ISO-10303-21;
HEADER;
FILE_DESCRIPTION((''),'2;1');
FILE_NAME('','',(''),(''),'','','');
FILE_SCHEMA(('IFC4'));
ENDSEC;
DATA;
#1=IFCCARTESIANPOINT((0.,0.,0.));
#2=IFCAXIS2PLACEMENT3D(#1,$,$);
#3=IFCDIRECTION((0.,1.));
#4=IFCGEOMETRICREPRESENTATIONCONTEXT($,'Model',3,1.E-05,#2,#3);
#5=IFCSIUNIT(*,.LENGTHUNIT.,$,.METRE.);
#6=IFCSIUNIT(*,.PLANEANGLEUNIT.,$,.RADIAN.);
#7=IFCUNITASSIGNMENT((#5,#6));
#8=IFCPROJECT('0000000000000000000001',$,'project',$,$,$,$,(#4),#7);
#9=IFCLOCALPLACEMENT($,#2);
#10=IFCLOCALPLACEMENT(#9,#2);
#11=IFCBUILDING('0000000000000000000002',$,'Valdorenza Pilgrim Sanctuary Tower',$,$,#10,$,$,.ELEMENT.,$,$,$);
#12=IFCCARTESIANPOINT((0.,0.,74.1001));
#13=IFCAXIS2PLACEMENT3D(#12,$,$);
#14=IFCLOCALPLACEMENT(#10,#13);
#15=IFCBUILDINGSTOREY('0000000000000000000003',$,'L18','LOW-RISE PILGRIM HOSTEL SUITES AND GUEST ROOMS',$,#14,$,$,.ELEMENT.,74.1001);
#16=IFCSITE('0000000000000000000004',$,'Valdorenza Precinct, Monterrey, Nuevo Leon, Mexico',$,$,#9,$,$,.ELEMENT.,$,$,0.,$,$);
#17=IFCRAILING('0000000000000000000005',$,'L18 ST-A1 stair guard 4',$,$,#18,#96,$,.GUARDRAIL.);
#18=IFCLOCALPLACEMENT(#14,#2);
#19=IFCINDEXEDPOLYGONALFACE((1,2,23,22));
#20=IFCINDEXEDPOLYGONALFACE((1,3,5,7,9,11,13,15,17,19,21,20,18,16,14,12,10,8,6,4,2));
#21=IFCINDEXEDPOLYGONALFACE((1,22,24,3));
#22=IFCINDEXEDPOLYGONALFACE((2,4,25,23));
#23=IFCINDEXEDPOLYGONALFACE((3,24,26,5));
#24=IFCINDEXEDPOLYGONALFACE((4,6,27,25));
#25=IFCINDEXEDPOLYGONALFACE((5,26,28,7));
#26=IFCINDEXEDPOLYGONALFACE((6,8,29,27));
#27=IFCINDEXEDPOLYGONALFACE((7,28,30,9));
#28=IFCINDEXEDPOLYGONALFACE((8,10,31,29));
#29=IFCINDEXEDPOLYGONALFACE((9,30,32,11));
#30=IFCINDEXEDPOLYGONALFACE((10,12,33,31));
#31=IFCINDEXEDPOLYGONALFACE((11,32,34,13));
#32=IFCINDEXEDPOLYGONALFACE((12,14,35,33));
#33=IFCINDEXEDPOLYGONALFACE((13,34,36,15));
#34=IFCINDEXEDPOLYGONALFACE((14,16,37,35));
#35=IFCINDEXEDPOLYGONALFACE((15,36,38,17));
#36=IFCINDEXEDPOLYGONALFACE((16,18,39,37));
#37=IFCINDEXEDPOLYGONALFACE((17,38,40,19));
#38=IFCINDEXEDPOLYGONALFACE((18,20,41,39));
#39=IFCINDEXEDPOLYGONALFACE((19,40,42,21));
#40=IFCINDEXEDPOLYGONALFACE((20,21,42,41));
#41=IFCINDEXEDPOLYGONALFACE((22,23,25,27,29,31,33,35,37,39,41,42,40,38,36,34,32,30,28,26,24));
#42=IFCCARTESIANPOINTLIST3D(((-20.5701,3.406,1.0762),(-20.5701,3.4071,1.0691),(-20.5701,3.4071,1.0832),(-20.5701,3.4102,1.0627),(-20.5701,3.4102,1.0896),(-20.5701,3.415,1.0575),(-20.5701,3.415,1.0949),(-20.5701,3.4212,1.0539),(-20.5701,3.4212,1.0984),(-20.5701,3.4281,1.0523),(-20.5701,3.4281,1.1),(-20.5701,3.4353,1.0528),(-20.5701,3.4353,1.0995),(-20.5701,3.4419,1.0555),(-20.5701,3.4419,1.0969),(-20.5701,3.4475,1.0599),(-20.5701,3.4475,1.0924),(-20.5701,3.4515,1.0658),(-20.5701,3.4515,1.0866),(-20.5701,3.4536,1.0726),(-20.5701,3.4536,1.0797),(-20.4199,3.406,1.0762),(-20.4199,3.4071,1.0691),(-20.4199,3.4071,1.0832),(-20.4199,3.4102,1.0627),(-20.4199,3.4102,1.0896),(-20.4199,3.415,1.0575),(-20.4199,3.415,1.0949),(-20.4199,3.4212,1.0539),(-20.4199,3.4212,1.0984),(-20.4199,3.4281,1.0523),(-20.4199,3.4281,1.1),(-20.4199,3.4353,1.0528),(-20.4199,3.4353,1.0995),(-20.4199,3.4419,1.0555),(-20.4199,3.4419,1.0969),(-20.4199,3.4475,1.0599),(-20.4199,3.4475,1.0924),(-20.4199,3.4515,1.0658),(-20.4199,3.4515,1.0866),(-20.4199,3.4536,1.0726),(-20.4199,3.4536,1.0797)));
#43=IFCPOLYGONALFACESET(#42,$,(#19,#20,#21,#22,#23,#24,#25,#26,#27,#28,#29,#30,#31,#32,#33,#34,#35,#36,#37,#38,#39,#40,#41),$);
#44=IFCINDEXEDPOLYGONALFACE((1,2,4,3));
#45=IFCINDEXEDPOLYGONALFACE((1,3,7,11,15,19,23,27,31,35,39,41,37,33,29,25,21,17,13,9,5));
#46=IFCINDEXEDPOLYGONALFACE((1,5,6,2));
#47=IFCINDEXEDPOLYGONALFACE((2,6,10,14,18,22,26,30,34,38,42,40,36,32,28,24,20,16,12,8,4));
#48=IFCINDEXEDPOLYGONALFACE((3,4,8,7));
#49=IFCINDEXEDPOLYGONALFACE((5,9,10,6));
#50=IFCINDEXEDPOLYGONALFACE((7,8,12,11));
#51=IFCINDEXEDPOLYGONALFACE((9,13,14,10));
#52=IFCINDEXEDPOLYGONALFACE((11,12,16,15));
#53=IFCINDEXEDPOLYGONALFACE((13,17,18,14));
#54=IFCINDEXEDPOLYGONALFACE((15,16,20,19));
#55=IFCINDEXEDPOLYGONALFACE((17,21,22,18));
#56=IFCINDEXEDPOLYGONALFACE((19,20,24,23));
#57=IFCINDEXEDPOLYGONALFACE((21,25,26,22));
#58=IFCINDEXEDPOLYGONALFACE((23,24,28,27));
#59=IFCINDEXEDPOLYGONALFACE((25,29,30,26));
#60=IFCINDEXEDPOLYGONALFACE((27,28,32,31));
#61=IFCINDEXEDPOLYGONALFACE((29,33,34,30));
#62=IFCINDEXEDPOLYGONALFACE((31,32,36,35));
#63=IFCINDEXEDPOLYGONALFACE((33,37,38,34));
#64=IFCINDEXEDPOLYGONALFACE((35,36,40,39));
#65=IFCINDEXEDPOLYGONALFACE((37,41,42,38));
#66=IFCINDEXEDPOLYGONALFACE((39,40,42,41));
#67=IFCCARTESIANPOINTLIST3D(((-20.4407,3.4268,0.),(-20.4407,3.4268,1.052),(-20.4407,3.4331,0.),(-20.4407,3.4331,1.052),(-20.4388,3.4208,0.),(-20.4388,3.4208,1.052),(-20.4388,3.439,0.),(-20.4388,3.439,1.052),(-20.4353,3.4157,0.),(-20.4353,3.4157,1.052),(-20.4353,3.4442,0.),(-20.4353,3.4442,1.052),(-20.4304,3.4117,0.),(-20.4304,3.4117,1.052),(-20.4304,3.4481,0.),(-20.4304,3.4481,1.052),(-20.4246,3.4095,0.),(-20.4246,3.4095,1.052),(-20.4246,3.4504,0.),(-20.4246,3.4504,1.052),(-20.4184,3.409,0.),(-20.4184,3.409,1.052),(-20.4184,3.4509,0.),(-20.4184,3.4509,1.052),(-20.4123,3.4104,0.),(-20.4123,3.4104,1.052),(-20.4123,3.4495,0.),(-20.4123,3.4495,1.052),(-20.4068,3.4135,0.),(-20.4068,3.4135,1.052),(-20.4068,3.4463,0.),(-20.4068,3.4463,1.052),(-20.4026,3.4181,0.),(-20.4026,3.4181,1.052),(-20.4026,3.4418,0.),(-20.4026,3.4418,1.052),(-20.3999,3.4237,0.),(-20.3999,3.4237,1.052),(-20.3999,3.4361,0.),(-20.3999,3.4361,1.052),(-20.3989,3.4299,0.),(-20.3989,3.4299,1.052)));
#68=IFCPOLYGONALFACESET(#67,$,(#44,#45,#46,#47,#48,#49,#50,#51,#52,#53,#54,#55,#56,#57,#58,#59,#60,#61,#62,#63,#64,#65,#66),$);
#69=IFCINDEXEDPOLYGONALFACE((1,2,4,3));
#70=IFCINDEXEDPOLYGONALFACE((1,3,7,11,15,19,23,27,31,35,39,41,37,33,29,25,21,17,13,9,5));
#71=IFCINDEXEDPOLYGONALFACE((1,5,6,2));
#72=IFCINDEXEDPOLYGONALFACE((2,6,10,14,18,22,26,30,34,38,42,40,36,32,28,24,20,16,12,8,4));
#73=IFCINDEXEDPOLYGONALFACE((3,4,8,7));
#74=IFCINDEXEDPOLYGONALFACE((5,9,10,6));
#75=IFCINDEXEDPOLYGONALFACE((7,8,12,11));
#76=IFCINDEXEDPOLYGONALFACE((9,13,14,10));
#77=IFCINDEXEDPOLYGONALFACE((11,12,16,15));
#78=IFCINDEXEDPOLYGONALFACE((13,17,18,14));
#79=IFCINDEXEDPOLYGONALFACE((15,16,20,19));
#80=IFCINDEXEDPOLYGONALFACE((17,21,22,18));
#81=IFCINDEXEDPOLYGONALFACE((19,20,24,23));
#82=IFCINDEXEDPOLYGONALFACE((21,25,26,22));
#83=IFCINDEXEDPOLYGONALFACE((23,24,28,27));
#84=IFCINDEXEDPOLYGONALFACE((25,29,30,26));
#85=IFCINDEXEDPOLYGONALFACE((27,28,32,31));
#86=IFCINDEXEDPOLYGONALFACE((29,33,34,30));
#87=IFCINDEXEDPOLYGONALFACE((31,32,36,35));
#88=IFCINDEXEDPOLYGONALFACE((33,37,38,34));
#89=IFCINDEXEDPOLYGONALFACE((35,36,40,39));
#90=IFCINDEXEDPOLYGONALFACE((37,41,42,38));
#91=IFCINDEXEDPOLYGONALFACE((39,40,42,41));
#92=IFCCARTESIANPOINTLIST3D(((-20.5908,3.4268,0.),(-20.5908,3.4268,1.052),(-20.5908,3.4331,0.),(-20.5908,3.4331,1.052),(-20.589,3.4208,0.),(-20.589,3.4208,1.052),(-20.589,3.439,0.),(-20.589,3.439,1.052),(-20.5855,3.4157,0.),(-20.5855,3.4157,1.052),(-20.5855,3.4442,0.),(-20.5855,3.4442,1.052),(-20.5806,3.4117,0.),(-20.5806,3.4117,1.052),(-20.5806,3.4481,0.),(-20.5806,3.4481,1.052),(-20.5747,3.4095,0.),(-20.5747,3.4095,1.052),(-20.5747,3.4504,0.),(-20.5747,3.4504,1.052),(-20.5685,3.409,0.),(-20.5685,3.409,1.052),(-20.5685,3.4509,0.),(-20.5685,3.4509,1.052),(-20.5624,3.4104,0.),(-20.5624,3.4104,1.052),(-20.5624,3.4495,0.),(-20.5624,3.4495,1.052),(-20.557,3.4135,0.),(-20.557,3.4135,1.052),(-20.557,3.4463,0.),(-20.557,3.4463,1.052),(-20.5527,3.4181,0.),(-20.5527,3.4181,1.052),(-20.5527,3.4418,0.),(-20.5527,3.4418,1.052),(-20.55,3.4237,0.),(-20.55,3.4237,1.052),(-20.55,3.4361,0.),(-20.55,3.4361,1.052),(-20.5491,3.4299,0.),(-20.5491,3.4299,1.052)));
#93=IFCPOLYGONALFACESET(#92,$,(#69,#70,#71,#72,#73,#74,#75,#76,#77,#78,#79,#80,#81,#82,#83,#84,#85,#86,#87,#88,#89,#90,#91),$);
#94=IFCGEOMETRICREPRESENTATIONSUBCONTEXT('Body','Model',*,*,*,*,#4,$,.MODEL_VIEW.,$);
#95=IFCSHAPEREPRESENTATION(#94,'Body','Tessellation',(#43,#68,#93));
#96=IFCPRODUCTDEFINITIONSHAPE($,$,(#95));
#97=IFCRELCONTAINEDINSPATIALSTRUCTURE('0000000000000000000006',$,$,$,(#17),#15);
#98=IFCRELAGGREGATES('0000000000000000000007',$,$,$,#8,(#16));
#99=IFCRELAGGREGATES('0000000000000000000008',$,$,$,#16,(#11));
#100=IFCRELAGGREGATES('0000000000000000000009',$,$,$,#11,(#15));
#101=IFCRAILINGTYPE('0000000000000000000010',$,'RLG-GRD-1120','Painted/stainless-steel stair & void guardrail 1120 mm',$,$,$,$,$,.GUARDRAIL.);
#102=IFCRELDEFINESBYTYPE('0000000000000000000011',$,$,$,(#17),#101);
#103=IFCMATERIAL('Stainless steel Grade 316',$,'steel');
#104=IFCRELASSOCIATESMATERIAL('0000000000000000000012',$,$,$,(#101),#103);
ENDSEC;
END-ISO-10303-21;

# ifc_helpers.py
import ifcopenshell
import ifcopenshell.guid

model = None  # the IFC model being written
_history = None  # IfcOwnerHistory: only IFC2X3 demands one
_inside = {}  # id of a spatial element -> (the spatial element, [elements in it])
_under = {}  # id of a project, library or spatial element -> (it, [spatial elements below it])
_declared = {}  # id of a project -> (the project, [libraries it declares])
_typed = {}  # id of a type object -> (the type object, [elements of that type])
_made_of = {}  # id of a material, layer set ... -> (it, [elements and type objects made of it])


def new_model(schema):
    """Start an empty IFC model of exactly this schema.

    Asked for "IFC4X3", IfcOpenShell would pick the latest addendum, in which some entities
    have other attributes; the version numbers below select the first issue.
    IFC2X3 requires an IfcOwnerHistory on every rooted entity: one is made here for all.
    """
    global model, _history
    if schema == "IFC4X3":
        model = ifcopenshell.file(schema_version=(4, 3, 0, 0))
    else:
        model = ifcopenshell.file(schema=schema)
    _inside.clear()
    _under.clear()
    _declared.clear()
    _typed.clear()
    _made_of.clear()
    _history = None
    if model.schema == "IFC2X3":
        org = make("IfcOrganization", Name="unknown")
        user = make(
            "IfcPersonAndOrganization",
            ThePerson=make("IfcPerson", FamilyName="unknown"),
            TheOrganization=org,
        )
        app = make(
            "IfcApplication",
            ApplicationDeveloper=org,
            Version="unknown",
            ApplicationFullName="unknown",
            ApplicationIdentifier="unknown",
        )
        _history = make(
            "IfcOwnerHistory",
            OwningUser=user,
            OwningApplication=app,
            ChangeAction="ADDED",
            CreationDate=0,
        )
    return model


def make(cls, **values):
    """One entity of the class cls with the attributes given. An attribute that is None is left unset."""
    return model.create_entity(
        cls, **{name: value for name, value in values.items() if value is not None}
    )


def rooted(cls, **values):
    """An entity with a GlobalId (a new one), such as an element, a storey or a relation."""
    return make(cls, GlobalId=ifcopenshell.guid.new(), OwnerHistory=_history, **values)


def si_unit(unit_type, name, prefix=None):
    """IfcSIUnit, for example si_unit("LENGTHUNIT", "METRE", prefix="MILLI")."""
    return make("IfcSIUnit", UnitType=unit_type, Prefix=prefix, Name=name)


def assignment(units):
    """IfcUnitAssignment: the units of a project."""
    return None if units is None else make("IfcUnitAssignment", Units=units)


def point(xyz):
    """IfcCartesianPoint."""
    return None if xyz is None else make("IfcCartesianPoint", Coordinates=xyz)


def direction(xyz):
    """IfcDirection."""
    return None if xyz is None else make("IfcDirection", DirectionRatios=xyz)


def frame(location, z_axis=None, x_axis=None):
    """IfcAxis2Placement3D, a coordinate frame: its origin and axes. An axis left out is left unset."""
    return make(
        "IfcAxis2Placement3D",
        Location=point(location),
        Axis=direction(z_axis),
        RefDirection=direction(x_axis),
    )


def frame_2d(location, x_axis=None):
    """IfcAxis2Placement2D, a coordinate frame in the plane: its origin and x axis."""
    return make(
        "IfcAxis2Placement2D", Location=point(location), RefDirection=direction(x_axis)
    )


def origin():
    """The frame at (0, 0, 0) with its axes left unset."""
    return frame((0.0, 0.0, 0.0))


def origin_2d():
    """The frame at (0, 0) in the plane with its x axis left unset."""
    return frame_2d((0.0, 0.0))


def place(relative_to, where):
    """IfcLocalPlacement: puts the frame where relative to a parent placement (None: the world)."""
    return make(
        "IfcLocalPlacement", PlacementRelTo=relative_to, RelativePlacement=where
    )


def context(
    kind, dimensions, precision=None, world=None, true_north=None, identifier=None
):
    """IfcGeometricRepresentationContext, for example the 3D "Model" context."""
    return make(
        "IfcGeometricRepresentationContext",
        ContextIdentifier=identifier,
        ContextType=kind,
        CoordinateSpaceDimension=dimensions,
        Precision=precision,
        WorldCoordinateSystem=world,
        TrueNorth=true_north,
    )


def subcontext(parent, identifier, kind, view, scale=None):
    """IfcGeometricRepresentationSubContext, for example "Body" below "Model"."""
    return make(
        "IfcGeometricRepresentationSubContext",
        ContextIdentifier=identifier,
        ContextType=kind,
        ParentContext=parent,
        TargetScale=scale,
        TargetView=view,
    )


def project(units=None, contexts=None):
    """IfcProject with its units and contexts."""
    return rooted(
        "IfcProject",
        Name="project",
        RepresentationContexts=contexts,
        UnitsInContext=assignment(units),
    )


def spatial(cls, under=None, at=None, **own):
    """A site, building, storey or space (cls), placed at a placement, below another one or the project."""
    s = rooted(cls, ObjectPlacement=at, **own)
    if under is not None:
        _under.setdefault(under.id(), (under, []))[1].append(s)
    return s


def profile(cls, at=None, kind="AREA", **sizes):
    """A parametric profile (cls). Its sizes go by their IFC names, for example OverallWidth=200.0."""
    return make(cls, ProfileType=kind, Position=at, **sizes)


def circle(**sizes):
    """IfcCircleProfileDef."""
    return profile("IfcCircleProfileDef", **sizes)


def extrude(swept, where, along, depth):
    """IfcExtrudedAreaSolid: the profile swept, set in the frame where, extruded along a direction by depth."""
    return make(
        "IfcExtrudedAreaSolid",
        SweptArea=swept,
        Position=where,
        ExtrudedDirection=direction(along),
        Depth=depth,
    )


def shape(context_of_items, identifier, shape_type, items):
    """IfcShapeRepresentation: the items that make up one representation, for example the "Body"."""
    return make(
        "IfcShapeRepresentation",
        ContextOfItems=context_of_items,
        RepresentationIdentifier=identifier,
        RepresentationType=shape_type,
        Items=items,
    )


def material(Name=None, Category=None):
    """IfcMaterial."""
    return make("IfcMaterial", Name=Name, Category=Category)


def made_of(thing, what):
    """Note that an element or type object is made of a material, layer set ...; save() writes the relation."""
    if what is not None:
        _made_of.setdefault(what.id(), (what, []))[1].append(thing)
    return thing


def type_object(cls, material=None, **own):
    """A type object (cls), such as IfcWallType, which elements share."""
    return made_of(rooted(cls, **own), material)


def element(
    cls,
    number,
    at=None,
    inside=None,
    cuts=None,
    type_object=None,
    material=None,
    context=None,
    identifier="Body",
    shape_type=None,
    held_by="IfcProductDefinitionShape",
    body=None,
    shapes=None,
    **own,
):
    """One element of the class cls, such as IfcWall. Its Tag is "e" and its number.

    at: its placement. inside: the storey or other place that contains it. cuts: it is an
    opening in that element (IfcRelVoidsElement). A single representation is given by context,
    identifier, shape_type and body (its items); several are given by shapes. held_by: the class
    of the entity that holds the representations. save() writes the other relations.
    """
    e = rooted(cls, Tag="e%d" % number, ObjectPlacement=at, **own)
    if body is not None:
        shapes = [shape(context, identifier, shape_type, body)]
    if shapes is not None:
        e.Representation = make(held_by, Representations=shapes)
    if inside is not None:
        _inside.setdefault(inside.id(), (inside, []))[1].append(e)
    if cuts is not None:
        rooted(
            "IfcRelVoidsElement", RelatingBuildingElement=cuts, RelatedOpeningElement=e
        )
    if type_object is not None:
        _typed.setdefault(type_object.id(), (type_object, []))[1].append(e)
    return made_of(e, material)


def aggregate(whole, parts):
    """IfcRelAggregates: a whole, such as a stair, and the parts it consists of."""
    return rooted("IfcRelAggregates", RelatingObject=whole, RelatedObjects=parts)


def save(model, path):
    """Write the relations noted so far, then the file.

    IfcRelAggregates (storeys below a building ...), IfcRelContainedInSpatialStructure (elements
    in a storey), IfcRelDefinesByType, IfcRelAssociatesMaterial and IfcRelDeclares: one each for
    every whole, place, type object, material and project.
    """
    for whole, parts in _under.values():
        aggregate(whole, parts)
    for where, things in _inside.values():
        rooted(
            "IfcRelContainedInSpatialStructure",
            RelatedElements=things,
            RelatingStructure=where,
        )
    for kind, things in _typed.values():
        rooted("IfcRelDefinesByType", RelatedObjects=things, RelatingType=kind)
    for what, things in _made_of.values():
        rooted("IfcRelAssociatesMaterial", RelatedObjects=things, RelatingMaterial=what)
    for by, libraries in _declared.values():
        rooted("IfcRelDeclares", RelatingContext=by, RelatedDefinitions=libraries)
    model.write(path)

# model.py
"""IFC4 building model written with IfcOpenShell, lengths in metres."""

from ifc_helpers import new_model, si_unit, direction, frame, origin, origin_2d, place, context, subcontext, project, spatial, circle, extrude, material, type_object, element, save


model = new_model("IFC4")

# Units and contexts
model_context = context("Model", 3, precision=1e-05, world=origin(), true_north=direction((0.0, 1.0)))
body_context = subcontext(model_context, "Body", "Model", "MODEL_VIEW")
ifc_project = project(units=[si_unit("LENGTHUNIT", "METRE"), si_unit("PLANEANGLEUNIT", "RADIAN")], contexts=[model_context])

# Site, building, storey
site_placement = place(None, origin())
site = spatial("IfcSite", under=ifc_project, at=site_placement, Name="Valdorenza Precinct, Monterrey, Nuevo Leon, Mexico", CompositionType="ELEMENT", RefElevation=0.0)
building_placement = place(site_placement, origin())
building = spatial("IfcBuilding", under=site, at=building_placement, Name="Valdorenza Pilgrim Sanctuary Tower", CompositionType="ELEMENT")
storey_placement = place(building_placement, frame((0.0, 0.0, 74.1001)))
storey = spatial("IfcBuildingStorey", under=building, at=storey_placement, Name="L18", Description="LOW-RISE PILGRIM HOSTEL SUITES AND GUEST ROOMS", CompositionType="ELEMENT", Elevation=74.1001)

# Railing
ifc_material_1 = material(Name="Stainless steel Grade 316", Category="steel")
railing_type_1 = type_object("IfcRailingType", Name="RLG-GRD-1120", Description="Painted/stainless-steel stair & void guardrail 1120 mm", PredefinedType="GUARDRAIL", material=ifc_material_1)
railing_1_placement = place(storey_placement, frame((-20.4199, 3.4299, 0.0)))
element("IfcRailing", 1, at=railing_1_placement, inside=storey, type_object=railing_type_1, Name="L18 ST-A1 stair guard 4", PredefinedType="GUARDRAIL", context=body_context, shape_type="SweptSolid", body=[
    extrude(circle(Radius=0.0239, at=origin_2d()), frame((0.0, 0.0, 1.0762), z_axis=(-1.0, 0.0, 0.0), x_axis=(0.0, -1.0, 0.0)), (0.0, 0.0, 1.0), 0.1501),
    extrude(circle(Radius=0.021, at=origin_2d()), origin(), (0.0, 0.0, 1.0), 1.052),
    extrude(circle(Radius=0.021, at=origin_2d()), frame((-0.1501, 0.0, 0.0)), (0.0, 0.0, 1.0), 1.052),
])

save(model, "model.ifc")
